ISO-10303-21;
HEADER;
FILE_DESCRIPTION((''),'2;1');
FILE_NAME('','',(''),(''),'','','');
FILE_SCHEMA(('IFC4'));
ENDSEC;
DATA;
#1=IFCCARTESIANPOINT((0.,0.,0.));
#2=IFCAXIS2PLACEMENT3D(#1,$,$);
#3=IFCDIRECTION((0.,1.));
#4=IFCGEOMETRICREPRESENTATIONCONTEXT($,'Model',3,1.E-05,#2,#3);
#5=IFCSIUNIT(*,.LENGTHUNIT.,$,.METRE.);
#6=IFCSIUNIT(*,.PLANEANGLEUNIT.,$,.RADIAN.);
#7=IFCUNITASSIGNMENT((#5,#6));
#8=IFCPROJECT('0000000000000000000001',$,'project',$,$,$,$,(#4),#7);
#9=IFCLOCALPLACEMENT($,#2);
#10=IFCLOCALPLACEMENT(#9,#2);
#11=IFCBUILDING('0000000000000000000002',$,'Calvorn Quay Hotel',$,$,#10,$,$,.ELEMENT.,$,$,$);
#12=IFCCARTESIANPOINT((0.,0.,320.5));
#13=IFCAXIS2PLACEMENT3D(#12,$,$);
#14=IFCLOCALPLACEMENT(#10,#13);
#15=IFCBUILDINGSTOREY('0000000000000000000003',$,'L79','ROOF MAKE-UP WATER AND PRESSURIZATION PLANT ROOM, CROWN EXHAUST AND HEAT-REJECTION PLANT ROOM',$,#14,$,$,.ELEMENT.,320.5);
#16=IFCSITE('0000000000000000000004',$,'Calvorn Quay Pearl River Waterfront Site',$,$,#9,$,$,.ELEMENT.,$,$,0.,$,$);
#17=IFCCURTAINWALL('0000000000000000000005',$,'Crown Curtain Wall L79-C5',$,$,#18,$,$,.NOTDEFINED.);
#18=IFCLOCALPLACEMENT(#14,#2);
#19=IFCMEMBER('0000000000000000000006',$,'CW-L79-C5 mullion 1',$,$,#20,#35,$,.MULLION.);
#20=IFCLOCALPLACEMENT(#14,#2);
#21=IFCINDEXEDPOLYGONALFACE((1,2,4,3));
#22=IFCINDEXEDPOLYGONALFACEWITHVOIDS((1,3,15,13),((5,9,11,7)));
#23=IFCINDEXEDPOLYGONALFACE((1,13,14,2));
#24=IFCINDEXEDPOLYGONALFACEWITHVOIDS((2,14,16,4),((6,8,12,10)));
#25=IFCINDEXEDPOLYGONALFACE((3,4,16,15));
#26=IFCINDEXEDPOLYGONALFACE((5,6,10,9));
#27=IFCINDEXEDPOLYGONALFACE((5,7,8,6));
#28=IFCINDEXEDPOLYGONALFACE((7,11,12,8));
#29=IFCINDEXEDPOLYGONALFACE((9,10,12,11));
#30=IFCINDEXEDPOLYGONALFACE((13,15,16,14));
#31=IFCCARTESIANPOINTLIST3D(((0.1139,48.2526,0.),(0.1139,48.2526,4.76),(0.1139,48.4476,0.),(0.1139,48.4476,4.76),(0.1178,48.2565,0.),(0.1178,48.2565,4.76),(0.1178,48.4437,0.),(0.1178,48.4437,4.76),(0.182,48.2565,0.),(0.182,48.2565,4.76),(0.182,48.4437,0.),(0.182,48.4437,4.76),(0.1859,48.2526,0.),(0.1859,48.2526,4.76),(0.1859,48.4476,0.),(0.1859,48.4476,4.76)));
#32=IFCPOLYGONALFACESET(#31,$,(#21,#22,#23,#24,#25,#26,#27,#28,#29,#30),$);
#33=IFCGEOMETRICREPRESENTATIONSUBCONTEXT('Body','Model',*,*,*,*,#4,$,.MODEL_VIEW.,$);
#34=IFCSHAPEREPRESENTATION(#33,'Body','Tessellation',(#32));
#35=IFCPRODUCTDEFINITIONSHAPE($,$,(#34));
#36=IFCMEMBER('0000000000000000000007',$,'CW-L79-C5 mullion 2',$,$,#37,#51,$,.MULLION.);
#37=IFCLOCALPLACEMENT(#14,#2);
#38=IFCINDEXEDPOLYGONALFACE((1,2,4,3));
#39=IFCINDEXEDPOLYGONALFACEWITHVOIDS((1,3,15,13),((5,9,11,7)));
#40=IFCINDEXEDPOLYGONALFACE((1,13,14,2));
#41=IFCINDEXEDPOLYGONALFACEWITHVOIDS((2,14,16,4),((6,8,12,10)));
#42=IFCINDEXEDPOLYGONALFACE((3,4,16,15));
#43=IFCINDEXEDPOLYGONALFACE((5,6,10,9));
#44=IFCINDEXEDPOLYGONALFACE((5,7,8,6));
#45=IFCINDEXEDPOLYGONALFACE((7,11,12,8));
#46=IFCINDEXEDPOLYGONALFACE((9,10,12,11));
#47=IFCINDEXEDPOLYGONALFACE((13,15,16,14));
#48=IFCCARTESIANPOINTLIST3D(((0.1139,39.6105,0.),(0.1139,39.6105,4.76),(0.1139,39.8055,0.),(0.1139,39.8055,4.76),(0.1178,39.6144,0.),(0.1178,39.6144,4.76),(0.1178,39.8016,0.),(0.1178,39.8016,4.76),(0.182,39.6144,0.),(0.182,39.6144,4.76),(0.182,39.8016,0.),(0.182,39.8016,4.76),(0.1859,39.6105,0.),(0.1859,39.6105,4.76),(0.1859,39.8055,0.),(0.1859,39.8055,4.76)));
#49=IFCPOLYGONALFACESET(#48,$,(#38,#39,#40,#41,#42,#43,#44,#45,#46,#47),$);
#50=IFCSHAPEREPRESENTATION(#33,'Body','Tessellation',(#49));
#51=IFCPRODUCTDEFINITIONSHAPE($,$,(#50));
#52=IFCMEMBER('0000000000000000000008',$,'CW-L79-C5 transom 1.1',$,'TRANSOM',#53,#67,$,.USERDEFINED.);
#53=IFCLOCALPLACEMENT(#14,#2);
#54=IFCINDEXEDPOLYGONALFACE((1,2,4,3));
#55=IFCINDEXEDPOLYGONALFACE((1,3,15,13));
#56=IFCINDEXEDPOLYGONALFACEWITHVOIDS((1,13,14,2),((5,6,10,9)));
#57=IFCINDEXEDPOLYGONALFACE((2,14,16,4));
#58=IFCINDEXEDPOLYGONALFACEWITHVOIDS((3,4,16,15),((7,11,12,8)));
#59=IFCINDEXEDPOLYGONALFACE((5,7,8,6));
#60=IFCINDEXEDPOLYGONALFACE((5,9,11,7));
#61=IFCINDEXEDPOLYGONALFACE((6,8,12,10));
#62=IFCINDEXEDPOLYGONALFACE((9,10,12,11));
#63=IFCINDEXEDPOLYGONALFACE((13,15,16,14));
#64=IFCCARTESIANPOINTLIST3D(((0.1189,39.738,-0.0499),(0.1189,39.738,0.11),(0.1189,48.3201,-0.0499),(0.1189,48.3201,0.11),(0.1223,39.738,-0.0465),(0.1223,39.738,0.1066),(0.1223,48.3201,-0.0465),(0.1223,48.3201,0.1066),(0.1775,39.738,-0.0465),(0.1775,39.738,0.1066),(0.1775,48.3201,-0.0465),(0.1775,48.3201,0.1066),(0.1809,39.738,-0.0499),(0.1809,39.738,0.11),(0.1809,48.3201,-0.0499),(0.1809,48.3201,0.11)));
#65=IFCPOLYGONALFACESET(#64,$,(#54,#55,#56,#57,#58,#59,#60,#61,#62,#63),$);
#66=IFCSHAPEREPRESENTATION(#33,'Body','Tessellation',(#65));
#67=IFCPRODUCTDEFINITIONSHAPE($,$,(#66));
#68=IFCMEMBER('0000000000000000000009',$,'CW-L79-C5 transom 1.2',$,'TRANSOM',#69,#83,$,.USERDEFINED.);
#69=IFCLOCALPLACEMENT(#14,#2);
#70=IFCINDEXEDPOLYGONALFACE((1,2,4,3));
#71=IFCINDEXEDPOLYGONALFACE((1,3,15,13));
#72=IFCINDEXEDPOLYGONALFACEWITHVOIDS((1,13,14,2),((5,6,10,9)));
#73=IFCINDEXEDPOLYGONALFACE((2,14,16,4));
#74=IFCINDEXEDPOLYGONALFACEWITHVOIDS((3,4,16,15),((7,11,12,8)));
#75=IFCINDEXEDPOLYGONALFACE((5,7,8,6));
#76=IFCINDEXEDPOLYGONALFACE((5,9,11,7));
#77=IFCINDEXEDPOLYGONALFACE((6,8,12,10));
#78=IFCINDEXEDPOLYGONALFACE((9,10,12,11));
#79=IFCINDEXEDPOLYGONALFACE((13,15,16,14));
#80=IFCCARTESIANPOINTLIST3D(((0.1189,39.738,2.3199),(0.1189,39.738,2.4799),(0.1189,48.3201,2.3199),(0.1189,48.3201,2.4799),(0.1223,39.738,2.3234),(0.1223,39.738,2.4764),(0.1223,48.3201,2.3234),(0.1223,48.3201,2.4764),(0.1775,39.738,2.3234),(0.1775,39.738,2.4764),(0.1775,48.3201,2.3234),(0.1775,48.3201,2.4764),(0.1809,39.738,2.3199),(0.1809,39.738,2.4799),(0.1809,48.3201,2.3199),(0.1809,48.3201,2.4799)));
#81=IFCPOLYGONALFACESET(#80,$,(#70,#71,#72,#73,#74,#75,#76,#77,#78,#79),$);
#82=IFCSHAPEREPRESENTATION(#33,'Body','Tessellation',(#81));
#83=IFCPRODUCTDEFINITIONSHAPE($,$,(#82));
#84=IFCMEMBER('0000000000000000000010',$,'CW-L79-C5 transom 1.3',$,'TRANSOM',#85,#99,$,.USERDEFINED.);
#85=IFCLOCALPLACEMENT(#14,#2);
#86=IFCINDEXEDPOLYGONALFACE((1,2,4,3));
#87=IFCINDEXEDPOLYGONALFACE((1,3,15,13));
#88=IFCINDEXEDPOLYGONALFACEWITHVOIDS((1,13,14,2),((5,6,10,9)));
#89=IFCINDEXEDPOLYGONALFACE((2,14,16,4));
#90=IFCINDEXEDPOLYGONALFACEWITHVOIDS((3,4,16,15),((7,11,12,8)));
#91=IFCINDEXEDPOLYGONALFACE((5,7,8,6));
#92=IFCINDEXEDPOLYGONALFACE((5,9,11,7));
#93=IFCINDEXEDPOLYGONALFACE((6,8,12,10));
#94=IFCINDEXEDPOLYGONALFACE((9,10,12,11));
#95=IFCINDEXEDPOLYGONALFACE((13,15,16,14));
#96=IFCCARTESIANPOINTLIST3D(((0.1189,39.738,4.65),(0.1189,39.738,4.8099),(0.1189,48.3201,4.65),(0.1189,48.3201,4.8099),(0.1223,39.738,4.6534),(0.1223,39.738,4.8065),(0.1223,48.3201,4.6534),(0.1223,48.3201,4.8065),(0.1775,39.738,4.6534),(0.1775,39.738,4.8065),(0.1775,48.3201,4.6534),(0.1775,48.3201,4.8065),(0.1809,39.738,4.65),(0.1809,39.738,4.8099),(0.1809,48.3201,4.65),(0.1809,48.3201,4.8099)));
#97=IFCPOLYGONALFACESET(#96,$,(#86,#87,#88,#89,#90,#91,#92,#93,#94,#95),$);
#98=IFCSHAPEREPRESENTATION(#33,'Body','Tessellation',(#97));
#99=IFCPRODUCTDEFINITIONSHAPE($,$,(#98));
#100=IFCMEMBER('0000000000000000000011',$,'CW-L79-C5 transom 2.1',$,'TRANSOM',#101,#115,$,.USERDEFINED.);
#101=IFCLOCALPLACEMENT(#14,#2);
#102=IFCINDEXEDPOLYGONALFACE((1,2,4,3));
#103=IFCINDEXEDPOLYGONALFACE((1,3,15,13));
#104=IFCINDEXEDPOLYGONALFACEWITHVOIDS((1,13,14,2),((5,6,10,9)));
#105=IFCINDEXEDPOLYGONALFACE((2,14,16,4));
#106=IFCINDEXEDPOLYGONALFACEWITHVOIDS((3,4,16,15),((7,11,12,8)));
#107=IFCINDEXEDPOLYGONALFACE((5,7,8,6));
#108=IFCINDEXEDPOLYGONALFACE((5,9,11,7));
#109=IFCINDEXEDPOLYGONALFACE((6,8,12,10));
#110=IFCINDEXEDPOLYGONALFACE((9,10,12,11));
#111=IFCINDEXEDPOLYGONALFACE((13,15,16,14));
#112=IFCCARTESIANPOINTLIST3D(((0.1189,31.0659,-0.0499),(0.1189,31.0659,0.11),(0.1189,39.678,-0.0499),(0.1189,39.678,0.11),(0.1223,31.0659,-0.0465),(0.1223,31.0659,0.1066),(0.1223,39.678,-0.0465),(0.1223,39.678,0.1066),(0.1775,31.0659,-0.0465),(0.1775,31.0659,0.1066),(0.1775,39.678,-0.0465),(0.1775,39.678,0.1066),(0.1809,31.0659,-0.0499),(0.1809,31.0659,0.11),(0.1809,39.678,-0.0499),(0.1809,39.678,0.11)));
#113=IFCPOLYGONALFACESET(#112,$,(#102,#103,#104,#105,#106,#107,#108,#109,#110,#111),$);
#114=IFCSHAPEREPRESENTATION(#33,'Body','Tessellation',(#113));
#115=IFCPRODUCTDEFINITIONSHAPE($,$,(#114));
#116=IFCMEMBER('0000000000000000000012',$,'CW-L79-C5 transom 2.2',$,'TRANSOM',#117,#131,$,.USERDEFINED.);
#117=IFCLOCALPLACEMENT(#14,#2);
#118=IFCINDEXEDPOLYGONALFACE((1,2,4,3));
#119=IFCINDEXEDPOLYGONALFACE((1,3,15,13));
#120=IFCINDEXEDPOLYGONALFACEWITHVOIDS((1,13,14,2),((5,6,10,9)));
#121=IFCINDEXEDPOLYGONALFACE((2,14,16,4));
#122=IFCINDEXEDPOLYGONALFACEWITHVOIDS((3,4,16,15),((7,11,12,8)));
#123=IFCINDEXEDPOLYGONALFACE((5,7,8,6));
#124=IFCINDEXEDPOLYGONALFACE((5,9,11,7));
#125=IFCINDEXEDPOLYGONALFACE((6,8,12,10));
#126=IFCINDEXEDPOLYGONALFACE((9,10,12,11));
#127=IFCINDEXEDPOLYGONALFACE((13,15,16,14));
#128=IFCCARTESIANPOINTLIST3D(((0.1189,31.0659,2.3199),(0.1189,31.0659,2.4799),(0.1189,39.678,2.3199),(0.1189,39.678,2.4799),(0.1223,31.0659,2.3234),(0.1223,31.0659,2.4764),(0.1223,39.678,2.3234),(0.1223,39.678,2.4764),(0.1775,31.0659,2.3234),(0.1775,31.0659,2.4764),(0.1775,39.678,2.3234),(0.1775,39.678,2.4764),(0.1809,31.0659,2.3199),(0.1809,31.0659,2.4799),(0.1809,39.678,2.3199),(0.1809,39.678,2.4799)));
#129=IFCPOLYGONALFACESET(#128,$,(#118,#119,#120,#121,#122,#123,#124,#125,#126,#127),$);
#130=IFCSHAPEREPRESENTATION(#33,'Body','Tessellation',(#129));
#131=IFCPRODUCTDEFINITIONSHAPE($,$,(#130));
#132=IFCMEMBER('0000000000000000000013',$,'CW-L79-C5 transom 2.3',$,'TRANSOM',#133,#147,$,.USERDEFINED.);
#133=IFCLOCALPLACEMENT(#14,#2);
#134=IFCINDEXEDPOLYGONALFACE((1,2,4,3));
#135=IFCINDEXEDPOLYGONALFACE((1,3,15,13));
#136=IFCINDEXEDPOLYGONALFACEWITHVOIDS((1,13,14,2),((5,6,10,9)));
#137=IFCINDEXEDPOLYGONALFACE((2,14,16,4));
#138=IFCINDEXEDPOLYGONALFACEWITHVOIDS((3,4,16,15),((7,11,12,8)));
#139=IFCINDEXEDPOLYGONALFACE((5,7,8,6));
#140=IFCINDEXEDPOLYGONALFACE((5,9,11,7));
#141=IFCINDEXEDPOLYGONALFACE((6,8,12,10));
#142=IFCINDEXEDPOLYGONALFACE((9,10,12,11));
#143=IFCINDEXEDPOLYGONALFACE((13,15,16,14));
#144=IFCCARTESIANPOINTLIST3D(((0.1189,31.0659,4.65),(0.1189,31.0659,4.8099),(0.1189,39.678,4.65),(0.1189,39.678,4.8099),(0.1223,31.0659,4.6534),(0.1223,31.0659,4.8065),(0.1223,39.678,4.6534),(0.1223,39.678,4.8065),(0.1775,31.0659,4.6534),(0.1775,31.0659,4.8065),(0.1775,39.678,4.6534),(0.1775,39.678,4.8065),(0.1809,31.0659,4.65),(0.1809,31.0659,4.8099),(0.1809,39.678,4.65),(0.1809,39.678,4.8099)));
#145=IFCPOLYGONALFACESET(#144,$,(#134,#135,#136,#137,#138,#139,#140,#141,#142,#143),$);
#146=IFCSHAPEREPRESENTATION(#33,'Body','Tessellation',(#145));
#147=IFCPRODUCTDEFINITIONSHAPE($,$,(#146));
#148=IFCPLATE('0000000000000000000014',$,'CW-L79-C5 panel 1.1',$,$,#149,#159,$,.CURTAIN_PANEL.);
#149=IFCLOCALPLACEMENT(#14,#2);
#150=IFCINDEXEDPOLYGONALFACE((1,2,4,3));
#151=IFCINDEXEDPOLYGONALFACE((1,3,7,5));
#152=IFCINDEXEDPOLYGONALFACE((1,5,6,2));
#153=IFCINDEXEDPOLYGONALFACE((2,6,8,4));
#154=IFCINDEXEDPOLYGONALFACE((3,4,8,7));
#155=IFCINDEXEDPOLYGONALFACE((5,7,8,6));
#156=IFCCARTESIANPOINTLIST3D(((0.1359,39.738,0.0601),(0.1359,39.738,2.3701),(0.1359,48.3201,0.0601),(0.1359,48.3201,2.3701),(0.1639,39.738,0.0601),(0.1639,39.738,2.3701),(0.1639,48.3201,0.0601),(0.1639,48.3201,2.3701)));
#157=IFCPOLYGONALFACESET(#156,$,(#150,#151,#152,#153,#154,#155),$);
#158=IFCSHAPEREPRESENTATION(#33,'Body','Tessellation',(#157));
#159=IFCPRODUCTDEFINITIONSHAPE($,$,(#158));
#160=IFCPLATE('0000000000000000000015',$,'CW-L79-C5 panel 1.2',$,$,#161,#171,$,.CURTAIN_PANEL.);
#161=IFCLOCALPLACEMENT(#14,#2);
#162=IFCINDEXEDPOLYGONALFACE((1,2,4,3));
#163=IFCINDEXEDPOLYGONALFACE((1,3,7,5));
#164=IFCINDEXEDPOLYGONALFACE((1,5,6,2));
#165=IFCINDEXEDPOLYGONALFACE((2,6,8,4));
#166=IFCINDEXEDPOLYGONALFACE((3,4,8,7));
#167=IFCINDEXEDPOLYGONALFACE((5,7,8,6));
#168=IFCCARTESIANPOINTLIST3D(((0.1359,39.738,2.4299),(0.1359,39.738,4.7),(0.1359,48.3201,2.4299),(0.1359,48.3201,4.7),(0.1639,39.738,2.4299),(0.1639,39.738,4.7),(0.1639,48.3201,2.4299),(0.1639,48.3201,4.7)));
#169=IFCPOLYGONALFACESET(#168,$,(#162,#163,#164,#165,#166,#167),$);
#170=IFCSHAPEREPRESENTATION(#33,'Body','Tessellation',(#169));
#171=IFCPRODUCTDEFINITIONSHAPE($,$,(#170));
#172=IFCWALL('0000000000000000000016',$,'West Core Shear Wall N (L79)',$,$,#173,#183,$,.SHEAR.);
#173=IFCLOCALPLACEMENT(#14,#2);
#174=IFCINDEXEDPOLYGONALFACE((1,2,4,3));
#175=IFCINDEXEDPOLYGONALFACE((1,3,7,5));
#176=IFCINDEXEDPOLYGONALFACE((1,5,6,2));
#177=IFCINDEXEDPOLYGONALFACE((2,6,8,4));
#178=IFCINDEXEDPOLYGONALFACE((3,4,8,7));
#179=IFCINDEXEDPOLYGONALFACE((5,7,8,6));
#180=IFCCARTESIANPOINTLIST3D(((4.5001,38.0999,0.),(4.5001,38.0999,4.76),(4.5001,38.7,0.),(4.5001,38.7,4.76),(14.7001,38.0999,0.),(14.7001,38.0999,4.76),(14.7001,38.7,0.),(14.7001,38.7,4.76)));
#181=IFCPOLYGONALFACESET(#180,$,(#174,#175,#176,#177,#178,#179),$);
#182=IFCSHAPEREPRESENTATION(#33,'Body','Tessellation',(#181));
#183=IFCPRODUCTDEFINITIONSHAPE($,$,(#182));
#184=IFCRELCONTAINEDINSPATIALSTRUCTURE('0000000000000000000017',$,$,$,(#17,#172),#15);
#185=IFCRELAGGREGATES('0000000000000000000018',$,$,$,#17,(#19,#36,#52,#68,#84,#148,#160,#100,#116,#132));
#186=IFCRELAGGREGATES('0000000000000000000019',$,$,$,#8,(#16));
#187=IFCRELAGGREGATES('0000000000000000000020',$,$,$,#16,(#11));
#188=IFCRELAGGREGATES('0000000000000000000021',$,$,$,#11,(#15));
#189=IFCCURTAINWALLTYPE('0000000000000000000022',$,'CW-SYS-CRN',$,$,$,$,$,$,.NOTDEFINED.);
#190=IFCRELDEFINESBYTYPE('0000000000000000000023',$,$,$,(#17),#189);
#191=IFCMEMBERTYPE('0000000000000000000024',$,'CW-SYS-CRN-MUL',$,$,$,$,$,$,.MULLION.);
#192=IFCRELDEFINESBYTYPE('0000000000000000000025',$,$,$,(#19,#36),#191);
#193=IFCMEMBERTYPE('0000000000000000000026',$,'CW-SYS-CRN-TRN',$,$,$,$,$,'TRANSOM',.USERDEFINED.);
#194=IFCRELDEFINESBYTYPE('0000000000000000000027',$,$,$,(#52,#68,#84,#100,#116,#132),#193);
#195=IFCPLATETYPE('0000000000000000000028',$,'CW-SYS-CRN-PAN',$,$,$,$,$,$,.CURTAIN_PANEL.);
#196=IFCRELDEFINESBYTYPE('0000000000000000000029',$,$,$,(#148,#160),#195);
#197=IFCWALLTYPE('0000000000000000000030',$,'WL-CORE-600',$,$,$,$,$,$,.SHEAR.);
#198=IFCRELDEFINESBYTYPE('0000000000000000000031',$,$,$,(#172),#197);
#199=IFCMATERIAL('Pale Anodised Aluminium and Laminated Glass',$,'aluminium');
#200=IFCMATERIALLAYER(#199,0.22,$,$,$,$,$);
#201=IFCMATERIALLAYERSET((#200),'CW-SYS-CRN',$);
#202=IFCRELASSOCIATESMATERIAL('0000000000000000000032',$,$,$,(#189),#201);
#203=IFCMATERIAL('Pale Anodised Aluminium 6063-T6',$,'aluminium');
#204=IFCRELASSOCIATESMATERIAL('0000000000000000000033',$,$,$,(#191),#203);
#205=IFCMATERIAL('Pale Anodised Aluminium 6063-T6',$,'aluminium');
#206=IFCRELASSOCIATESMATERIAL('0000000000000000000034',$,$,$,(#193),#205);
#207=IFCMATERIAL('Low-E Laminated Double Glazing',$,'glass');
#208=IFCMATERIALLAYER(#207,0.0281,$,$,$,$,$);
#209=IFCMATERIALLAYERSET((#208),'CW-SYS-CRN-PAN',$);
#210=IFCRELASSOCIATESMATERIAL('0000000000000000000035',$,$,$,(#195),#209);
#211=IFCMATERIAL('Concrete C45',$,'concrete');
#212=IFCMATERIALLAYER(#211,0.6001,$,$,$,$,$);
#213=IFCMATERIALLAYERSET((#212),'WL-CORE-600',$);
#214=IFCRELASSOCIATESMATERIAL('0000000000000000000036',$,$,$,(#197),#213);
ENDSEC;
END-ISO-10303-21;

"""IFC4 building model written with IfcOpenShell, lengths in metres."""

from ifc_helpers import new_model, si_unit, direction, frame, frame_2d, origin, origin_2d, place, context, subcontext, project, spatial, rectangle, hollow_rectangle, extrude, material, layer, layer_set, material_profile, profile_set, type_object, element, aggregate, save


model = new_model("IFC4")

# Units and contexts
model_context = context("Model", 3, precision=1e-05, world=origin(), true_north=direction((0.0, 1.0)))
body_context = subcontext(model_context, "Body", "Model", "MODEL_VIEW")
ifc_project = project(units=[si_unit("LENGTHUNIT", "METRE"), si_unit("PLANEANGLEUNIT", "RADIAN")], contexts=[model_context])

# Site, building, storey
site_placement = place(None, origin())
site = spatial("IfcSite", under=ifc_project, at=site_placement, Name="Calvorn Quay Pearl River Waterfront Site", CompositionType="ELEMENT", RefElevation=0.0)
building_placement = place(site_placement, origin())
building = spatial("IfcBuilding", under=site, at=building_placement, Name="Calvorn Quay Hotel", CompositionType="ELEMENT")
storey_placement = place(building_placement, frame((0.0, 0.0, 320.5)))
storey = spatial("IfcBuildingStorey", under=building, at=storey_placement, Name="L79", Description="ROOF MAKE-UP WATER AND PRESSURIZATION PLANT ROOM, CROWN EXHAUST AND HEAT-REJECTION PLANT ROOM", CompositionType="ELEMENT", Elevation=320.5)

# Curtain wall, members, plates
ifc_material_1 = material(Name="Pale Anodised Aluminium and Laminated Glass", Category="aluminium")
ifc_layer_1 = layer(ifc_material_1, 0.22)
ifc_layer_set_1 = layer_set([ifc_layer_1], Name="CW-SYS-CRN")
curtain_wall_type = type_object("IfcCurtainWallType", Name="CW-SYS-CRN", PredefinedType="NOTDEFINED", material=ifc_layer_set_1)
curtain_wall_placement = place(storey_placement, origin())
curtain_wall = element("IfcCurtainWall", 1, at=curtain_wall_placement, inside=storey, type_object=curtain_wall_type, Name="Crown Curtain Wall L79-C5", PredefinedType="NOTDEFINED")
ifc_material_2 = material(Name="Pale Anodised Aluminium 6063-T6", Category="aluminium")
ifc_material_profile_1 = material_profile(ifc_material_2, hollow_rectangle(XDim=0.072, YDim=0.1951, WallThickness=0.0039, at=origin_2d()), Name="ALU-M195x72x4")
ifc_profile_set_1 = profile_set([ifc_material_profile_1], Name="Pale Anodised Aluminium 6063-T6")
member_type_1 = type_object("IfcMemberType", Name="CW-SYS-CRN-MUL", PredefinedType="MULLION", material=ifc_profile_set_1)
member_1_placement = place(storey_placement, frame((0.1499, 48.3501, 0.0), z_axis=(0.0, 0.0, 1.0), x_axis=(1.0, 0.0, 0.0)))
member_1 = element("IfcMember", 2, at=member_1_placement, type_object=member_type_1, Name="CW-L79-C5 mullion 1", PredefinedType="MULLION", context=body_context, shape_type="SweptSolid", body=[
    extrude(hollow_rectangle(XDim=0.072, YDim=0.1951, WallThickness=0.0039, at=origin_2d()), origin(), (0.0, 0.0, 1.0), 4.76),
])
member_2_placement = place(storey_placement, frame((0.1499, 39.708, 0.0), z_axis=(0.0, 0.0, 1.0), x_axis=(1.0, 0.0, 0.0)))
member_2 = element("IfcMember", 3, at=member_2_placement, type_object=member_type_1, Name="CW-L79-C5 mullion 2", PredefinedType="MULLION", context=body_context, shape_type="SweptSolid", body=[
    extrude(hollow_rectangle(XDim=0.072, YDim=0.1951, WallThickness=0.0039, at=origin_2d()), origin(), (0.0, 0.0, 1.0), 4.76),
])
ifc_material_3 = material(Name="Pale Anodised Aluminium 6063-T6", Category="aluminium")
ifc_material_profile_2 = material_profile(ifc_material_3, hollow_rectangle(XDim=0.062, YDim=0.1599, WallThickness=0.0034, at=origin_2d()), Name="ALU-T160x62x3.5")
ifc_profile_set_2 = profile_set([ifc_material_profile_2], Name="Pale Anodised Aluminium 6063-T6")
member_type_2 = type_object("IfcMemberType", Name="CW-SYS-CRN-TRN", ElementType="TRANSOM", PredefinedType="USERDEFINED", material=ifc_profile_set_2)
member_3_placement = place(storey_placement, frame((0.1499, 48.3201, 0.03), z_axis=(0.0, -1.0, 0.0), x_axis=(1.0, 0.0, 0.0)))
member_3 = element("IfcMember", 4, at=member_3_placement, type_object=member_type_2, Name="CW-L79-C5 transom 1.1", ObjectType="TRANSOM", PredefinedType="USERDEFINED", context=body_context, shape_type="SweptSolid", body=[
    extrude(hollow_rectangle(XDim=0.062, YDim=0.1599, WallThickness=0.0034, at=origin_2d()), origin(), (0.0, 0.0, 1.0), 8.582),
])
member_4_placement = place(storey_placement, frame((0.1499, 48.3201, 2.3999), z_axis=(0.0, -1.0, 0.0), x_axis=(1.0, 0.0, 0.0)))
member_4 = element("IfcMember", 5, at=member_4_placement, type_object=member_type_2, Name="CW-L79-C5 transom 1.2", ObjectType="TRANSOM", PredefinedType="USERDEFINED", context=body_context, shape_type="SweptSolid", body=[
    extrude(hollow_rectangle(XDim=0.062, YDim=0.1599, WallThickness=0.0034, at=origin_2d()), origin(), (0.0, 0.0, 1.0), 8.582),
])
member_5_placement = place(storey_placement, frame((0.1499, 48.3201, 4.73), z_axis=(0.0, -1.0, 0.0), x_axis=(1.0, 0.0, 0.0)))
member_5 = element("IfcMember", 6, at=member_5_placement, type_object=member_type_2, Name="CW-L79-C5 transom 1.3", ObjectType="TRANSOM", PredefinedType="USERDEFINED", context=body_context, shape_type="SweptSolid", body=[
    extrude(hollow_rectangle(XDim=0.062, YDim=0.1599, WallThickness=0.0034, at=origin_2d()), origin(), (0.0, 0.0, 1.0), 8.582),
])
member_6_placement = place(storey_placement, frame((0.1499, 39.678, 0.03), z_axis=(0.0, -1.0, 0.0), x_axis=(1.0, 0.0, 0.0)))
member_6 = element("IfcMember", 7, at=member_6_placement, type_object=member_type_2, Name="CW-L79-C5 transom 2.1", ObjectType="TRANSOM", PredefinedType="USERDEFINED", context=body_context, shape_type="SweptSolid", body=[
    extrude(hollow_rectangle(XDim=0.062, YDim=0.1599, WallThickness=0.0034, at=origin_2d()), origin(), (0.0, 0.0, 1.0), 8.6121),
])
member_7_placement = place(storey_placement, frame((0.1499, 39.678, 2.3999), z_axis=(0.0, -1.0, 0.0), x_axis=(1.0, 0.0, 0.0)))
member_7 = element("IfcMember", 8, at=member_7_placement, type_object=member_type_2, Name="CW-L79-C5 transom 2.2", ObjectType="TRANSOM", PredefinedType="USERDEFINED", context=body_context, shape_type="SweptSolid", body=[
    extrude(hollow_rectangle(XDim=0.062, YDim=0.1599, WallThickness=0.0034, at=origin_2d()), origin(), (0.0, 0.0, 1.0), 8.6121),
])
member_8_placement = place(storey_placement, frame((0.1499, 39.678, 4.73), z_axis=(0.0, -1.0, 0.0), x_axis=(1.0, 0.0, 0.0)))
member_8 = element("IfcMember", 9, at=member_8_placement, type_object=member_type_2, Name="CW-L79-C5 transom 2.3", ObjectType="TRANSOM", PredefinedType="USERDEFINED", context=body_context, shape_type="SweptSolid", body=[
    extrude(hollow_rectangle(XDim=0.062, YDim=0.1599, WallThickness=0.0034, at=origin_2d()), origin(), (0.0, 0.0, 1.0), 8.6121),
])
ifc_material_4 = material(Name="Low-E Laminated Double Glazing", Category="glass")
ifc_layer_2 = layer(ifc_material_4, 0.0281)
ifc_layer_set_2 = layer_set([ifc_layer_2], Name="CW-SYS-CRN-PAN")
plate_type = type_object("IfcPlateType", Name="CW-SYS-CRN-PAN", PredefinedType="CURTAIN_PANEL", material=ifc_layer_set_2)
plate_1_placement = place(storey_placement, frame((0.1499, 44.0291, 0.0601), z_axis=(0.0, 0.0, 1.0), x_axis=(0.0, -1.0, 0.0)))
plate_1 = element("IfcPlate", 10, at=plate_1_placement, type_object=plate_type, Name="CW-L79-C5 panel 1.1", PredefinedType="CURTAIN_PANEL", context=body_context, shape_type="SweptSolid", body=[
    extrude(rectangle(XDim=8.582, YDim=0.0281, at=origin_2d()), origin(), (0.0, 0.0, 1.0), 2.3101),
])
plate_2_placement = place(storey_placement, frame((0.1499, 44.0291, 2.4299), z_axis=(0.0, 0.0, 1.0), x_axis=(0.0, -1.0, 0.0)))
plate_2 = element("IfcPlate", 11, at=plate_2_placement, type_object=plate_type, Name="CW-L79-C5 panel 1.2", PredefinedType="CURTAIN_PANEL", context=body_context, shape_type="SweptSolid", body=[
    extrude(rectangle(XDim=8.582, YDim=0.0281, at=origin_2d()), origin(), (0.0, 0.0, 1.0), 2.27),
])
aggregate(curtain_wall, [member_1, member_2, member_3, member_4, member_5, plate_1, plate_2, member_6, member_7, member_8])

# Wall
ifc_material_5 = material(Name="Concrete C45", Category="concrete")
ifc_layer_3 = layer(ifc_material_5, 0.6001)
ifc_layer_set_3 = layer_set([ifc_layer_3], Name="WL-CORE-600")
wall_type_1 = type_object("IfcWallType", Name="WL-CORE-600", PredefinedType="SHEAR", material=ifc_layer_set_3)
wall_1_placement = place(storey_placement, frame((4.5, 38.3999, 0.0), z_axis=(0.0, 0.0, 1.0), x_axis=(1.0, 0.0, 0.0)))
element("IfcWall", 12, at=wall_1_placement, inside=storey, type_object=wall_type_1, Name="West Core Shear Wall N (L79)", PredefinedType="SHEAR", context=body_context, shape_type="SweptSolid", body=[
    extrude(rectangle(XDim=10.2, YDim=0.6001, at=frame_2d((5.1001, 0.0))), origin(), (0.0, 0.0, 1.0), 4.76),
])

save(model, "model.ifc")
